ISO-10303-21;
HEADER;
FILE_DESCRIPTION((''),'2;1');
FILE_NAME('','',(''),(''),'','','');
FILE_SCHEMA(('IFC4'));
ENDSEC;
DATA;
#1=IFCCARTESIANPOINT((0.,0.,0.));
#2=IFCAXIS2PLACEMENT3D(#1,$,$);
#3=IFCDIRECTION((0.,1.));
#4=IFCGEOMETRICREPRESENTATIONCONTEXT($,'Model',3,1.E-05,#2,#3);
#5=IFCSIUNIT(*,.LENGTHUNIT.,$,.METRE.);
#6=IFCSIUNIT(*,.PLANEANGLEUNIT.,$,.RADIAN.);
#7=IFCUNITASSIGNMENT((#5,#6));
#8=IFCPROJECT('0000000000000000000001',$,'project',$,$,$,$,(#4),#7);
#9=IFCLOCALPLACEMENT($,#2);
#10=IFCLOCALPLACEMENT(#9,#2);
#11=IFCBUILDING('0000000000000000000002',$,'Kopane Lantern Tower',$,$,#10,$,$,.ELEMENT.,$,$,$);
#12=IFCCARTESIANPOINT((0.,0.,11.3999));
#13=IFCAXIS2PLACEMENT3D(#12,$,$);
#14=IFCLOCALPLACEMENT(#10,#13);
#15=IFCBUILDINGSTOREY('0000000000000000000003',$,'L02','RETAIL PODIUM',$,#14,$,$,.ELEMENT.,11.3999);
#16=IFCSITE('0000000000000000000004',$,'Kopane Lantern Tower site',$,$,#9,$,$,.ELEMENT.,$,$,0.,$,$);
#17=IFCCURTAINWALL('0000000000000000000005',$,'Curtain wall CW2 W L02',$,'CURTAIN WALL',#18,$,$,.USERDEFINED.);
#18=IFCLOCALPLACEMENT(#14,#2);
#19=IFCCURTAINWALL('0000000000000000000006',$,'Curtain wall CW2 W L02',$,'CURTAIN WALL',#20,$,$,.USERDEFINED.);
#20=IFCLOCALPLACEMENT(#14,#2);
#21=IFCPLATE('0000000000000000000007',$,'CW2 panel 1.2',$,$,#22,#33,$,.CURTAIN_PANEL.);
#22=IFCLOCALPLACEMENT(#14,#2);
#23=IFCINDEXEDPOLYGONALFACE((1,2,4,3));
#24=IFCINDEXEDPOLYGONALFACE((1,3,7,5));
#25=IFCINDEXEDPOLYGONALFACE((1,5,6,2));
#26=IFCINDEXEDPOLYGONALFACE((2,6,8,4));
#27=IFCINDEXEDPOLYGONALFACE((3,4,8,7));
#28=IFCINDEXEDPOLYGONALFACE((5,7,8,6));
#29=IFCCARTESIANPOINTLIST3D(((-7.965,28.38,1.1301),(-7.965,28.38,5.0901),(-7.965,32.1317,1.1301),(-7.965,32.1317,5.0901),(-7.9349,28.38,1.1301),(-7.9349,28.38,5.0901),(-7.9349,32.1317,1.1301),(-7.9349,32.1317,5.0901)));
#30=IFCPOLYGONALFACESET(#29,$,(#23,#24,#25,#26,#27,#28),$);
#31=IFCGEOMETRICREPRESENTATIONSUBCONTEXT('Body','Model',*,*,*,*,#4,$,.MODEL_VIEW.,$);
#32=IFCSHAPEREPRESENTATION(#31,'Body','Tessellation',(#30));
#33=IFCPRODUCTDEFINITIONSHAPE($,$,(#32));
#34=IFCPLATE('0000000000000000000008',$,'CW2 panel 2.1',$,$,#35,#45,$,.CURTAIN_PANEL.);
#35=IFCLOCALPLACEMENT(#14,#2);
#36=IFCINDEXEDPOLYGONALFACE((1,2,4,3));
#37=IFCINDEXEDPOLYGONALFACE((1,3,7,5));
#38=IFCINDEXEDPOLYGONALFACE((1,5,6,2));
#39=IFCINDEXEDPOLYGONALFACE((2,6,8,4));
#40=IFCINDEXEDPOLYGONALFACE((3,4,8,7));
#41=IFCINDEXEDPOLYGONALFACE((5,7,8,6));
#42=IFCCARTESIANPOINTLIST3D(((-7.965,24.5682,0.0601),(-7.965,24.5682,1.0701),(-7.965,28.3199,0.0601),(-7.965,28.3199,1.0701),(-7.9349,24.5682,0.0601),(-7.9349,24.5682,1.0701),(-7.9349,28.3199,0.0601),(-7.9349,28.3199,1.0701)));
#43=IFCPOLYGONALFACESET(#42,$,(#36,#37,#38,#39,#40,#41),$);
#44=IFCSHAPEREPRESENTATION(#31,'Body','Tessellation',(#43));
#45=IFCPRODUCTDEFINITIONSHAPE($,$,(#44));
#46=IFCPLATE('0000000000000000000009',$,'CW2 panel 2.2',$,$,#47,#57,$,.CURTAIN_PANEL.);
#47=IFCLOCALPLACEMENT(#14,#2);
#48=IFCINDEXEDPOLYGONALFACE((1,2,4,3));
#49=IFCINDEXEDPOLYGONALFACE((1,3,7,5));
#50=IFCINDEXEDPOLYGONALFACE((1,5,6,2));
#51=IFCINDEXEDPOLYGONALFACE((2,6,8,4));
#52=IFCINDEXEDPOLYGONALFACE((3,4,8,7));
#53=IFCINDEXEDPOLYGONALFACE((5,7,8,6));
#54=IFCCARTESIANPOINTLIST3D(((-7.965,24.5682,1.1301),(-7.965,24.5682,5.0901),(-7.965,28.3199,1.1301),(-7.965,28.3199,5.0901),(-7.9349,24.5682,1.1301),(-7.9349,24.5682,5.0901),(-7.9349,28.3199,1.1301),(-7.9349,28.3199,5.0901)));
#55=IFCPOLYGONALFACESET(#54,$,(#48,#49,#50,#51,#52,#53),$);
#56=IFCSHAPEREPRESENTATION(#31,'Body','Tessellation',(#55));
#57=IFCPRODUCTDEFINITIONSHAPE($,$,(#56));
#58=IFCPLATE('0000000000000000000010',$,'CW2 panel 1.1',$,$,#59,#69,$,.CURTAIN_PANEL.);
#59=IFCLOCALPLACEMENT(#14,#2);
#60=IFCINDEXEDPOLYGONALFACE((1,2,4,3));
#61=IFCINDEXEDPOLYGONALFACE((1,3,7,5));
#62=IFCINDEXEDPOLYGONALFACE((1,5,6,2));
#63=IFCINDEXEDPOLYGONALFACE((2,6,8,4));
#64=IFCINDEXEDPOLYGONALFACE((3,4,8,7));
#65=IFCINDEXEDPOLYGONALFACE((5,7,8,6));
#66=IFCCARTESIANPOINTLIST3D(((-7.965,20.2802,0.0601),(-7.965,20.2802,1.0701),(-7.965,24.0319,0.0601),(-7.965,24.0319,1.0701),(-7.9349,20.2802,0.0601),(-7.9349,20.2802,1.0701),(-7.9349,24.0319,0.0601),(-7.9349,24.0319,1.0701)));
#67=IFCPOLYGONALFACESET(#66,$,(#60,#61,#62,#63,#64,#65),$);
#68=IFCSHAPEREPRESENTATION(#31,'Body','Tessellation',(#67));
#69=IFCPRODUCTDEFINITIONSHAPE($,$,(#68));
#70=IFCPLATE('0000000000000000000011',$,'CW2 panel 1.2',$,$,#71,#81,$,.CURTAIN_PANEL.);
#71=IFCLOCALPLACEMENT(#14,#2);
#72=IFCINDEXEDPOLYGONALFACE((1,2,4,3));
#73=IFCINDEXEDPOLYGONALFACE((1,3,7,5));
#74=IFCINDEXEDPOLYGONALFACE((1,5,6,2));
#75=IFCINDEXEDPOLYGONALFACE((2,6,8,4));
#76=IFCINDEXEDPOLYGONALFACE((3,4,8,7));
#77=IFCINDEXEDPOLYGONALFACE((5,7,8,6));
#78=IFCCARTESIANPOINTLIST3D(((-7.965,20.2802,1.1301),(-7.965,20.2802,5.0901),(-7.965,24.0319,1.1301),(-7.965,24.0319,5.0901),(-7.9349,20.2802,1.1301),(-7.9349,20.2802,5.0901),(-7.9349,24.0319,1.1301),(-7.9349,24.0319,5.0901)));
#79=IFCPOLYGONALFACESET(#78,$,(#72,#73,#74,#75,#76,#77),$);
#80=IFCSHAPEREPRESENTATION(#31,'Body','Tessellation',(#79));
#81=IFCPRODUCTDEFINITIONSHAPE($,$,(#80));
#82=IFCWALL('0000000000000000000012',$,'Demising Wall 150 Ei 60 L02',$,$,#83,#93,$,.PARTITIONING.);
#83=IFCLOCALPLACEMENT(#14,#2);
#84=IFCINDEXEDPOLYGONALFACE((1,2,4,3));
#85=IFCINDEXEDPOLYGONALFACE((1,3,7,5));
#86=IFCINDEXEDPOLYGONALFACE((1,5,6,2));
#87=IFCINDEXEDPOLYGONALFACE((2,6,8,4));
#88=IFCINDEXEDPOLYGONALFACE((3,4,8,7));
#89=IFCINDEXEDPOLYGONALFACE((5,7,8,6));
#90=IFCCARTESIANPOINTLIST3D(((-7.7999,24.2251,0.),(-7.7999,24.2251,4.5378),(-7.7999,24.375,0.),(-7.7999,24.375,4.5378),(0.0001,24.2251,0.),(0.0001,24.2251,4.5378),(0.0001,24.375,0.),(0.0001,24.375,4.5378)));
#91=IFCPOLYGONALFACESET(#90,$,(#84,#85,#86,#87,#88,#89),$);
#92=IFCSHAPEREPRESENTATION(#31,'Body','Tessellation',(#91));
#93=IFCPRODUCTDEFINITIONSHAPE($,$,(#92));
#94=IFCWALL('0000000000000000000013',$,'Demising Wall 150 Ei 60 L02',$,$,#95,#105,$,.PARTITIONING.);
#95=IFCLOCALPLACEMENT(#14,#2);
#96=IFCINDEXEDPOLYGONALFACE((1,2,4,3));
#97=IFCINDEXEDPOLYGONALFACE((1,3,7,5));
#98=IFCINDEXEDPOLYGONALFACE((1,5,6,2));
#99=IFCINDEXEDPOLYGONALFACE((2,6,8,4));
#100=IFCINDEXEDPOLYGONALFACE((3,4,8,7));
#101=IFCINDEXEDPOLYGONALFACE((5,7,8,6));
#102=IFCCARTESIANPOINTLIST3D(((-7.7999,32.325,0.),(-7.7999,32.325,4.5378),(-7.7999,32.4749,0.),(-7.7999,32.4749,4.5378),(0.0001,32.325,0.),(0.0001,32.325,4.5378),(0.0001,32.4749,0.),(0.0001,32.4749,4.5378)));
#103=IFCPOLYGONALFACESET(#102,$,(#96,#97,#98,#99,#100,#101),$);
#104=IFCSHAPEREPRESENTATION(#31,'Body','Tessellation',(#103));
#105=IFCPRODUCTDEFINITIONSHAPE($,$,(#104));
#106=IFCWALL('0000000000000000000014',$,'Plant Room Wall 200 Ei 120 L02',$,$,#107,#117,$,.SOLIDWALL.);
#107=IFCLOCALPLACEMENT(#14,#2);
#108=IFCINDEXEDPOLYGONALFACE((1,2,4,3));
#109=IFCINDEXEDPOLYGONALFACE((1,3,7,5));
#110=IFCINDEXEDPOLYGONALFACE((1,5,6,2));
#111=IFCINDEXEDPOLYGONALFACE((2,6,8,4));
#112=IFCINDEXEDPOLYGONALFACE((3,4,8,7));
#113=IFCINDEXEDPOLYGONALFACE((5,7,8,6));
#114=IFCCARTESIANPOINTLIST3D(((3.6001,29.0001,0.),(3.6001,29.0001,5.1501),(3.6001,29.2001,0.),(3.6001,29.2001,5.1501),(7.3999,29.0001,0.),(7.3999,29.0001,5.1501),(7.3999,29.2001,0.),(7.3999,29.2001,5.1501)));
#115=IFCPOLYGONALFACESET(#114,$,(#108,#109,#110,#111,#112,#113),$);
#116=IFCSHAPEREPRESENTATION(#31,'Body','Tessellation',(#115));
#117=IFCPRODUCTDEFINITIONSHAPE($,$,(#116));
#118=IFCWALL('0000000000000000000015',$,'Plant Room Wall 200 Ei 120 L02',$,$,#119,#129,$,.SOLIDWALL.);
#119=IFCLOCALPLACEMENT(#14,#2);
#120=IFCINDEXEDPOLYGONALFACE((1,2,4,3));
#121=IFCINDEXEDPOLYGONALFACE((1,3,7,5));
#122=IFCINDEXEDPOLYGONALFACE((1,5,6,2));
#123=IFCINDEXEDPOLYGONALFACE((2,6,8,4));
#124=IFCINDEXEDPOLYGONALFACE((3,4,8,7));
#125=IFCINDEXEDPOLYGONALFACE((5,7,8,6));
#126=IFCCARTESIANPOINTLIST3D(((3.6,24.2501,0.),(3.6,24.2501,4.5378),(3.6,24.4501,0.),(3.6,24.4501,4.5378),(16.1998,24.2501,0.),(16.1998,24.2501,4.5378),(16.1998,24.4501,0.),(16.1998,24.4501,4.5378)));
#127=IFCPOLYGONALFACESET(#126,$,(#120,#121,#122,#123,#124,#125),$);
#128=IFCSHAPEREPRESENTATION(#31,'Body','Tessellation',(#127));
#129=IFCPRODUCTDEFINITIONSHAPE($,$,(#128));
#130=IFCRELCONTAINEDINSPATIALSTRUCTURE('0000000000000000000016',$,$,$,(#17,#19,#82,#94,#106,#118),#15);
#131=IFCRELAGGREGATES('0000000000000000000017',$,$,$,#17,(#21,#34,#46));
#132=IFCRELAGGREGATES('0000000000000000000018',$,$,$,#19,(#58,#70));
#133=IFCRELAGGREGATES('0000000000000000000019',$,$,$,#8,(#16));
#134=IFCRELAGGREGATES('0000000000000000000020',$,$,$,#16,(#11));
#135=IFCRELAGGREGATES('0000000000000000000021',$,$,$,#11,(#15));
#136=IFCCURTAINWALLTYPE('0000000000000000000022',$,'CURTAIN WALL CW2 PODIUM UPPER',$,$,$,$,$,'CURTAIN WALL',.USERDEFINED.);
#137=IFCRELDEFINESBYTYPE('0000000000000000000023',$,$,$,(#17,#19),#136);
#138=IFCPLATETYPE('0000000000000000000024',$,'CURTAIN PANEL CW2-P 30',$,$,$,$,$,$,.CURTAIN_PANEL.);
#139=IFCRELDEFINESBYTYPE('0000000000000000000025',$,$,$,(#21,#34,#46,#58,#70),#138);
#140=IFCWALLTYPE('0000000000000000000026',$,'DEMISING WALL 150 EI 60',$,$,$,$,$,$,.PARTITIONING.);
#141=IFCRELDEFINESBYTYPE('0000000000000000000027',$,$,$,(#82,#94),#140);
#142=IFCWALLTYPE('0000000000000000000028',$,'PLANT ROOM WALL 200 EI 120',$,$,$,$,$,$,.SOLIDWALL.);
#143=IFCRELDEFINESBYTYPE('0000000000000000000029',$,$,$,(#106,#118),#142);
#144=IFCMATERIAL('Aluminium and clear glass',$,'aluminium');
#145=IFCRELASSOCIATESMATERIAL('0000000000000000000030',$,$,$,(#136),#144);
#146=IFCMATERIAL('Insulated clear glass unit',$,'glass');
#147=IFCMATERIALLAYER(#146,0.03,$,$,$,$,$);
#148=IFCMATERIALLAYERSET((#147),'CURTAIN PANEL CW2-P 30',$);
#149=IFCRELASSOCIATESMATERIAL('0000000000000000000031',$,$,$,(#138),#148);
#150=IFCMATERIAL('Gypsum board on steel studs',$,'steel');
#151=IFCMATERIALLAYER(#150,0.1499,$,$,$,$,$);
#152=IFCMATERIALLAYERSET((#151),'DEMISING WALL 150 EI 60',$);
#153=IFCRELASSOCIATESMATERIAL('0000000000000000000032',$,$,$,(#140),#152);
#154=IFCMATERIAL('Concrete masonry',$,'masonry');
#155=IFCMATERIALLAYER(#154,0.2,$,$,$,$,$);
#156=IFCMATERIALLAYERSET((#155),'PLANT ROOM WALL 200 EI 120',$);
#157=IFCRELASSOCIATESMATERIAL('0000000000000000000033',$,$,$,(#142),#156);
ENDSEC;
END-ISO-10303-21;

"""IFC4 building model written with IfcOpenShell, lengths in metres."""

from ifc_helpers import new_model, si_unit, direction, frame, frame_2d, origin, origin_2d, place, context, subcontext, project, spatial, rectangle, extrude, material, layer, layer_set, type_object, element, aggregate, save


model = new_model("IFC4")

# Units and contexts
model_context = context("Model", 3, precision=1e-05, world=origin(), true_north=direction((0.0, 1.0)))
body_context = subcontext(model_context, "Body", "Model", "MODEL_VIEW")
ifc_project = project(units=[si_unit("LENGTHUNIT", "METRE"), si_unit("PLANEANGLEUNIT", "RADIAN")], contexts=[model_context])

# Site, building, storey
site_placement = place(None, origin())
site = spatial("IfcSite", under=ifc_project, at=site_placement, Name="Kopane Lantern Tower site", CompositionType="ELEMENT", RefElevation=0.0)
building_placement = place(site_placement, origin())
building = spatial("IfcBuilding", under=site, at=building_placement, Name="Kopane Lantern Tower", CompositionType="ELEMENT")
storey_placement = place(building_placement, frame((0.0, 0.0, 11.3999)))
storey = spatial("IfcBuildingStorey", under=building, at=storey_placement, Name="L02", Description="RETAIL PODIUM", CompositionType="ELEMENT", Elevation=11.3999)

# Curtain walls
ifc_material_1 = material(Name="Aluminium and clear glass", Category="aluminium")
curtain_wall_type = type_object("IfcCurtainWallType", Name="CURTAIN WALL CW2 PODIUM UPPER", ElementType="CURTAIN WALL", PredefinedType="USERDEFINED", material=ifc_material_1)
curtain_wall_1_placement = place(storey_placement, origin())
curtain_wall_1 = element("IfcCurtainWall", 1, at=curtain_wall_1_placement, inside=storey, type_object=curtain_wall_type, Name="Curtain wall CW2 W L02", ObjectType="CURTAIN WALL", PredefinedType="USERDEFINED")
curtain_wall_2_placement = place(storey_placement, origin())
curtain_wall_2 = element("IfcCurtainWall", 2, at=curtain_wall_2_placement, inside=storey, type_object=curtain_wall_type, Name="Curtain wall CW2 W L02", ObjectType="CURTAIN WALL", PredefinedType="USERDEFINED")

# Plates
ifc_material_2 = material(Name="Insulated clear glass unit", Category="glass")
ifc_layer_1 = layer(ifc_material_2, 0.03)
ifc_layer_set_1 = layer_set([ifc_layer_1], Name="CURTAIN PANEL CW2-P 30")
plate_type = type_object("IfcPlateType", Name="CURTAIN PANEL CW2-P 30", PredefinedType="CURTAIN_PANEL", material=ifc_layer_set_1)
plate_1_placement = place(storey_placement, frame((-7.95, 30.2559, 1.1301), z_axis=(0.0, 0.0, 1.0), x_axis=(0.0, -1.0, 0.0)))
plate_1 = element("IfcPlate", 3, at=plate_1_placement, type_object=plate_type, Name="CW2 panel 1.2", PredefinedType="CURTAIN_PANEL", context=body_context, shape_type="SweptSolid", body=[
    extrude(rectangle(XDim=3.7517, YDim=0.03, at=origin_2d()), origin(), (0.0, 0.0, 1.0), 3.96),
])
plate_2_placement = place(storey_placement, frame((-7.95, 26.4441, 0.0601), z_axis=(0.0, 0.0, 1.0), x_axis=(0.0, -1.0, 0.0)))
plate_2 = element("IfcPlate", 4, at=plate_2_placement, type_object=plate_type, Name="CW2 panel 2.1", PredefinedType="CURTAIN_PANEL", context=body_context, shape_type="SweptSolid", body=[
    extrude(rectangle(XDim=3.7517, YDim=0.03, at=origin_2d()), origin(), (0.0, 0.0, 1.0), 1.01),
])
plate_3_placement = place(storey_placement, frame((-7.95, 26.4441, 1.1301), z_axis=(0.0, 0.0, 1.0), x_axis=(0.0, -1.0, 0.0)))
plate_3 = element("IfcPlate", 5, at=plate_3_placement, type_object=plate_type, Name="CW2 panel 2.2", PredefinedType="CURTAIN_PANEL", context=body_context, shape_type="SweptSolid", body=[
    extrude(rectangle(XDim=3.7517, YDim=0.03, at=origin_2d()), origin(), (0.0, 0.0, 1.0), 3.96),
])
aggregate(curtain_wall_1, [plate_1, plate_2, plate_3])
plate_4_placement = place(storey_placement, frame((-7.95, 22.156, 0.0601), z_axis=(0.0, 0.0, 1.0), x_axis=(0.0, -1.0, 0.0)))
plate_4 = element("IfcPlate", 6, at=plate_4_placement, type_object=plate_type, Name="CW2 panel 1.1", PredefinedType="CURTAIN_PANEL", context=body_context, shape_type="SweptSolid", body=[
    extrude(rectangle(XDim=3.7517, YDim=0.03, at=origin_2d()), origin(), (0.0, 0.0, 1.0), 1.01),
])
plate_5_placement = place(storey_placement, frame((-7.95, 22.156, 1.1301), z_axis=(0.0, 0.0, 1.0), x_axis=(0.0, -1.0, 0.0)))
plate_5 = element("IfcPlate", 7, at=plate_5_placement, type_object=plate_type, Name="CW2 panel 1.2", PredefinedType="CURTAIN_PANEL", context=body_context, shape_type="SweptSolid", body=[
    extrude(rectangle(XDim=3.7517, YDim=0.03, at=origin_2d()), origin(), (0.0, 0.0, 1.0), 3.96),
])
aggregate(curtain_wall_2, [plate_4, plate_5])

# Walls
ifc_material_3 = material(Name="Gypsum board on steel studs", Category="steel")
ifc_layer_2 = layer(ifc_material_3, 0.1499)
ifc_layer_set_2 = layer_set([ifc_layer_2], Name="DEMISING WALL 150 EI 60")
wall_type_1 = type_object("IfcWallType", Name="DEMISING WALL 150 EI 60", PredefinedType="PARTITIONING", material=ifc_layer_set_2)
for number, where, z_axis, x_axis, name in (
    (8, (0.0, 24.3, 0.0), (0.0, 0.0, 1.0), (-1.0, 0.0, 0.0), "Demising Wall 150 Ei 60 L02"),
    (9, (0.0, 32.3999, 0.0), (0.0, 0.0, 1.0), (-1.0, 0.0, 0.0), "Demising Wall 150 Ei 60 L02"),
):
    element("IfcWall", number, at=place(storey_placement, frame(where, z_axis=z_axis, x_axis=x_axis)), inside=storey, type_object=wall_type_1, Name=name, PredefinedType="PARTITIONING", context=body_context, shape_type="SweptSolid", body=[
        extrude(rectangle(XDim=7.8, YDim=0.1499, at=frame_2d((3.8999, 0.0))), origin(), (0.0, 0.0, 1.0), 4.5378),
    ])
ifc_material_4 = material(Name="Concrete masonry", Category="masonry")
ifc_layer_3 = layer(ifc_material_4, 0.2)
ifc_layer_set_3 = layer_set([ifc_layer_3], Name="PLANT ROOM WALL 200 EI 120")
wall_type_2 = type_object("IfcWallType", Name="PLANT ROOM WALL 200 EI 120", PredefinedType="SOLIDWALL", material=ifc_layer_set_3)
wall_1_placement = place(storey_placement, frame((3.6001, 29.1001, 0.0), z_axis=(0.0, 0.0, 1.0), x_axis=(1.0, 0.0, 0.0)))
element("IfcWall", 10, at=wall_1_placement, inside=storey, type_object=wall_type_2, Name="Plant Room Wall 200 Ei 120 L02", PredefinedType="SOLIDWALL", context=body_context, shape_type="SweptSolid", body=[
    extrude(rectangle(XDim=3.7998, YDim=0.2, at=frame_2d((1.8999, 0.0))), origin(), (0.0, 0.0, 1.0), 5.1501),
])
wall_2_placement = place(storey_placement, frame((3.6001, 24.3501, 0.0), z_axis=(0.0, 0.0, 1.0), x_axis=(1.0, 0.0, 0.0)))
element("IfcWall", 11, at=wall_2_placement, inside=storey, type_object=wall_type_2, Name="Plant Room Wall 200 Ei 120 L02", PredefinedType="SOLIDWALL", context=body_context, shape_type="SweptSolid", body=[
    extrude(rectangle(XDim=12.5999, YDim=0.2, at=frame_2d((6.2998, 0.0))), origin(), (0.0, 0.0, 1.0), 4.5378),
])

save(model, "model.ifc")
